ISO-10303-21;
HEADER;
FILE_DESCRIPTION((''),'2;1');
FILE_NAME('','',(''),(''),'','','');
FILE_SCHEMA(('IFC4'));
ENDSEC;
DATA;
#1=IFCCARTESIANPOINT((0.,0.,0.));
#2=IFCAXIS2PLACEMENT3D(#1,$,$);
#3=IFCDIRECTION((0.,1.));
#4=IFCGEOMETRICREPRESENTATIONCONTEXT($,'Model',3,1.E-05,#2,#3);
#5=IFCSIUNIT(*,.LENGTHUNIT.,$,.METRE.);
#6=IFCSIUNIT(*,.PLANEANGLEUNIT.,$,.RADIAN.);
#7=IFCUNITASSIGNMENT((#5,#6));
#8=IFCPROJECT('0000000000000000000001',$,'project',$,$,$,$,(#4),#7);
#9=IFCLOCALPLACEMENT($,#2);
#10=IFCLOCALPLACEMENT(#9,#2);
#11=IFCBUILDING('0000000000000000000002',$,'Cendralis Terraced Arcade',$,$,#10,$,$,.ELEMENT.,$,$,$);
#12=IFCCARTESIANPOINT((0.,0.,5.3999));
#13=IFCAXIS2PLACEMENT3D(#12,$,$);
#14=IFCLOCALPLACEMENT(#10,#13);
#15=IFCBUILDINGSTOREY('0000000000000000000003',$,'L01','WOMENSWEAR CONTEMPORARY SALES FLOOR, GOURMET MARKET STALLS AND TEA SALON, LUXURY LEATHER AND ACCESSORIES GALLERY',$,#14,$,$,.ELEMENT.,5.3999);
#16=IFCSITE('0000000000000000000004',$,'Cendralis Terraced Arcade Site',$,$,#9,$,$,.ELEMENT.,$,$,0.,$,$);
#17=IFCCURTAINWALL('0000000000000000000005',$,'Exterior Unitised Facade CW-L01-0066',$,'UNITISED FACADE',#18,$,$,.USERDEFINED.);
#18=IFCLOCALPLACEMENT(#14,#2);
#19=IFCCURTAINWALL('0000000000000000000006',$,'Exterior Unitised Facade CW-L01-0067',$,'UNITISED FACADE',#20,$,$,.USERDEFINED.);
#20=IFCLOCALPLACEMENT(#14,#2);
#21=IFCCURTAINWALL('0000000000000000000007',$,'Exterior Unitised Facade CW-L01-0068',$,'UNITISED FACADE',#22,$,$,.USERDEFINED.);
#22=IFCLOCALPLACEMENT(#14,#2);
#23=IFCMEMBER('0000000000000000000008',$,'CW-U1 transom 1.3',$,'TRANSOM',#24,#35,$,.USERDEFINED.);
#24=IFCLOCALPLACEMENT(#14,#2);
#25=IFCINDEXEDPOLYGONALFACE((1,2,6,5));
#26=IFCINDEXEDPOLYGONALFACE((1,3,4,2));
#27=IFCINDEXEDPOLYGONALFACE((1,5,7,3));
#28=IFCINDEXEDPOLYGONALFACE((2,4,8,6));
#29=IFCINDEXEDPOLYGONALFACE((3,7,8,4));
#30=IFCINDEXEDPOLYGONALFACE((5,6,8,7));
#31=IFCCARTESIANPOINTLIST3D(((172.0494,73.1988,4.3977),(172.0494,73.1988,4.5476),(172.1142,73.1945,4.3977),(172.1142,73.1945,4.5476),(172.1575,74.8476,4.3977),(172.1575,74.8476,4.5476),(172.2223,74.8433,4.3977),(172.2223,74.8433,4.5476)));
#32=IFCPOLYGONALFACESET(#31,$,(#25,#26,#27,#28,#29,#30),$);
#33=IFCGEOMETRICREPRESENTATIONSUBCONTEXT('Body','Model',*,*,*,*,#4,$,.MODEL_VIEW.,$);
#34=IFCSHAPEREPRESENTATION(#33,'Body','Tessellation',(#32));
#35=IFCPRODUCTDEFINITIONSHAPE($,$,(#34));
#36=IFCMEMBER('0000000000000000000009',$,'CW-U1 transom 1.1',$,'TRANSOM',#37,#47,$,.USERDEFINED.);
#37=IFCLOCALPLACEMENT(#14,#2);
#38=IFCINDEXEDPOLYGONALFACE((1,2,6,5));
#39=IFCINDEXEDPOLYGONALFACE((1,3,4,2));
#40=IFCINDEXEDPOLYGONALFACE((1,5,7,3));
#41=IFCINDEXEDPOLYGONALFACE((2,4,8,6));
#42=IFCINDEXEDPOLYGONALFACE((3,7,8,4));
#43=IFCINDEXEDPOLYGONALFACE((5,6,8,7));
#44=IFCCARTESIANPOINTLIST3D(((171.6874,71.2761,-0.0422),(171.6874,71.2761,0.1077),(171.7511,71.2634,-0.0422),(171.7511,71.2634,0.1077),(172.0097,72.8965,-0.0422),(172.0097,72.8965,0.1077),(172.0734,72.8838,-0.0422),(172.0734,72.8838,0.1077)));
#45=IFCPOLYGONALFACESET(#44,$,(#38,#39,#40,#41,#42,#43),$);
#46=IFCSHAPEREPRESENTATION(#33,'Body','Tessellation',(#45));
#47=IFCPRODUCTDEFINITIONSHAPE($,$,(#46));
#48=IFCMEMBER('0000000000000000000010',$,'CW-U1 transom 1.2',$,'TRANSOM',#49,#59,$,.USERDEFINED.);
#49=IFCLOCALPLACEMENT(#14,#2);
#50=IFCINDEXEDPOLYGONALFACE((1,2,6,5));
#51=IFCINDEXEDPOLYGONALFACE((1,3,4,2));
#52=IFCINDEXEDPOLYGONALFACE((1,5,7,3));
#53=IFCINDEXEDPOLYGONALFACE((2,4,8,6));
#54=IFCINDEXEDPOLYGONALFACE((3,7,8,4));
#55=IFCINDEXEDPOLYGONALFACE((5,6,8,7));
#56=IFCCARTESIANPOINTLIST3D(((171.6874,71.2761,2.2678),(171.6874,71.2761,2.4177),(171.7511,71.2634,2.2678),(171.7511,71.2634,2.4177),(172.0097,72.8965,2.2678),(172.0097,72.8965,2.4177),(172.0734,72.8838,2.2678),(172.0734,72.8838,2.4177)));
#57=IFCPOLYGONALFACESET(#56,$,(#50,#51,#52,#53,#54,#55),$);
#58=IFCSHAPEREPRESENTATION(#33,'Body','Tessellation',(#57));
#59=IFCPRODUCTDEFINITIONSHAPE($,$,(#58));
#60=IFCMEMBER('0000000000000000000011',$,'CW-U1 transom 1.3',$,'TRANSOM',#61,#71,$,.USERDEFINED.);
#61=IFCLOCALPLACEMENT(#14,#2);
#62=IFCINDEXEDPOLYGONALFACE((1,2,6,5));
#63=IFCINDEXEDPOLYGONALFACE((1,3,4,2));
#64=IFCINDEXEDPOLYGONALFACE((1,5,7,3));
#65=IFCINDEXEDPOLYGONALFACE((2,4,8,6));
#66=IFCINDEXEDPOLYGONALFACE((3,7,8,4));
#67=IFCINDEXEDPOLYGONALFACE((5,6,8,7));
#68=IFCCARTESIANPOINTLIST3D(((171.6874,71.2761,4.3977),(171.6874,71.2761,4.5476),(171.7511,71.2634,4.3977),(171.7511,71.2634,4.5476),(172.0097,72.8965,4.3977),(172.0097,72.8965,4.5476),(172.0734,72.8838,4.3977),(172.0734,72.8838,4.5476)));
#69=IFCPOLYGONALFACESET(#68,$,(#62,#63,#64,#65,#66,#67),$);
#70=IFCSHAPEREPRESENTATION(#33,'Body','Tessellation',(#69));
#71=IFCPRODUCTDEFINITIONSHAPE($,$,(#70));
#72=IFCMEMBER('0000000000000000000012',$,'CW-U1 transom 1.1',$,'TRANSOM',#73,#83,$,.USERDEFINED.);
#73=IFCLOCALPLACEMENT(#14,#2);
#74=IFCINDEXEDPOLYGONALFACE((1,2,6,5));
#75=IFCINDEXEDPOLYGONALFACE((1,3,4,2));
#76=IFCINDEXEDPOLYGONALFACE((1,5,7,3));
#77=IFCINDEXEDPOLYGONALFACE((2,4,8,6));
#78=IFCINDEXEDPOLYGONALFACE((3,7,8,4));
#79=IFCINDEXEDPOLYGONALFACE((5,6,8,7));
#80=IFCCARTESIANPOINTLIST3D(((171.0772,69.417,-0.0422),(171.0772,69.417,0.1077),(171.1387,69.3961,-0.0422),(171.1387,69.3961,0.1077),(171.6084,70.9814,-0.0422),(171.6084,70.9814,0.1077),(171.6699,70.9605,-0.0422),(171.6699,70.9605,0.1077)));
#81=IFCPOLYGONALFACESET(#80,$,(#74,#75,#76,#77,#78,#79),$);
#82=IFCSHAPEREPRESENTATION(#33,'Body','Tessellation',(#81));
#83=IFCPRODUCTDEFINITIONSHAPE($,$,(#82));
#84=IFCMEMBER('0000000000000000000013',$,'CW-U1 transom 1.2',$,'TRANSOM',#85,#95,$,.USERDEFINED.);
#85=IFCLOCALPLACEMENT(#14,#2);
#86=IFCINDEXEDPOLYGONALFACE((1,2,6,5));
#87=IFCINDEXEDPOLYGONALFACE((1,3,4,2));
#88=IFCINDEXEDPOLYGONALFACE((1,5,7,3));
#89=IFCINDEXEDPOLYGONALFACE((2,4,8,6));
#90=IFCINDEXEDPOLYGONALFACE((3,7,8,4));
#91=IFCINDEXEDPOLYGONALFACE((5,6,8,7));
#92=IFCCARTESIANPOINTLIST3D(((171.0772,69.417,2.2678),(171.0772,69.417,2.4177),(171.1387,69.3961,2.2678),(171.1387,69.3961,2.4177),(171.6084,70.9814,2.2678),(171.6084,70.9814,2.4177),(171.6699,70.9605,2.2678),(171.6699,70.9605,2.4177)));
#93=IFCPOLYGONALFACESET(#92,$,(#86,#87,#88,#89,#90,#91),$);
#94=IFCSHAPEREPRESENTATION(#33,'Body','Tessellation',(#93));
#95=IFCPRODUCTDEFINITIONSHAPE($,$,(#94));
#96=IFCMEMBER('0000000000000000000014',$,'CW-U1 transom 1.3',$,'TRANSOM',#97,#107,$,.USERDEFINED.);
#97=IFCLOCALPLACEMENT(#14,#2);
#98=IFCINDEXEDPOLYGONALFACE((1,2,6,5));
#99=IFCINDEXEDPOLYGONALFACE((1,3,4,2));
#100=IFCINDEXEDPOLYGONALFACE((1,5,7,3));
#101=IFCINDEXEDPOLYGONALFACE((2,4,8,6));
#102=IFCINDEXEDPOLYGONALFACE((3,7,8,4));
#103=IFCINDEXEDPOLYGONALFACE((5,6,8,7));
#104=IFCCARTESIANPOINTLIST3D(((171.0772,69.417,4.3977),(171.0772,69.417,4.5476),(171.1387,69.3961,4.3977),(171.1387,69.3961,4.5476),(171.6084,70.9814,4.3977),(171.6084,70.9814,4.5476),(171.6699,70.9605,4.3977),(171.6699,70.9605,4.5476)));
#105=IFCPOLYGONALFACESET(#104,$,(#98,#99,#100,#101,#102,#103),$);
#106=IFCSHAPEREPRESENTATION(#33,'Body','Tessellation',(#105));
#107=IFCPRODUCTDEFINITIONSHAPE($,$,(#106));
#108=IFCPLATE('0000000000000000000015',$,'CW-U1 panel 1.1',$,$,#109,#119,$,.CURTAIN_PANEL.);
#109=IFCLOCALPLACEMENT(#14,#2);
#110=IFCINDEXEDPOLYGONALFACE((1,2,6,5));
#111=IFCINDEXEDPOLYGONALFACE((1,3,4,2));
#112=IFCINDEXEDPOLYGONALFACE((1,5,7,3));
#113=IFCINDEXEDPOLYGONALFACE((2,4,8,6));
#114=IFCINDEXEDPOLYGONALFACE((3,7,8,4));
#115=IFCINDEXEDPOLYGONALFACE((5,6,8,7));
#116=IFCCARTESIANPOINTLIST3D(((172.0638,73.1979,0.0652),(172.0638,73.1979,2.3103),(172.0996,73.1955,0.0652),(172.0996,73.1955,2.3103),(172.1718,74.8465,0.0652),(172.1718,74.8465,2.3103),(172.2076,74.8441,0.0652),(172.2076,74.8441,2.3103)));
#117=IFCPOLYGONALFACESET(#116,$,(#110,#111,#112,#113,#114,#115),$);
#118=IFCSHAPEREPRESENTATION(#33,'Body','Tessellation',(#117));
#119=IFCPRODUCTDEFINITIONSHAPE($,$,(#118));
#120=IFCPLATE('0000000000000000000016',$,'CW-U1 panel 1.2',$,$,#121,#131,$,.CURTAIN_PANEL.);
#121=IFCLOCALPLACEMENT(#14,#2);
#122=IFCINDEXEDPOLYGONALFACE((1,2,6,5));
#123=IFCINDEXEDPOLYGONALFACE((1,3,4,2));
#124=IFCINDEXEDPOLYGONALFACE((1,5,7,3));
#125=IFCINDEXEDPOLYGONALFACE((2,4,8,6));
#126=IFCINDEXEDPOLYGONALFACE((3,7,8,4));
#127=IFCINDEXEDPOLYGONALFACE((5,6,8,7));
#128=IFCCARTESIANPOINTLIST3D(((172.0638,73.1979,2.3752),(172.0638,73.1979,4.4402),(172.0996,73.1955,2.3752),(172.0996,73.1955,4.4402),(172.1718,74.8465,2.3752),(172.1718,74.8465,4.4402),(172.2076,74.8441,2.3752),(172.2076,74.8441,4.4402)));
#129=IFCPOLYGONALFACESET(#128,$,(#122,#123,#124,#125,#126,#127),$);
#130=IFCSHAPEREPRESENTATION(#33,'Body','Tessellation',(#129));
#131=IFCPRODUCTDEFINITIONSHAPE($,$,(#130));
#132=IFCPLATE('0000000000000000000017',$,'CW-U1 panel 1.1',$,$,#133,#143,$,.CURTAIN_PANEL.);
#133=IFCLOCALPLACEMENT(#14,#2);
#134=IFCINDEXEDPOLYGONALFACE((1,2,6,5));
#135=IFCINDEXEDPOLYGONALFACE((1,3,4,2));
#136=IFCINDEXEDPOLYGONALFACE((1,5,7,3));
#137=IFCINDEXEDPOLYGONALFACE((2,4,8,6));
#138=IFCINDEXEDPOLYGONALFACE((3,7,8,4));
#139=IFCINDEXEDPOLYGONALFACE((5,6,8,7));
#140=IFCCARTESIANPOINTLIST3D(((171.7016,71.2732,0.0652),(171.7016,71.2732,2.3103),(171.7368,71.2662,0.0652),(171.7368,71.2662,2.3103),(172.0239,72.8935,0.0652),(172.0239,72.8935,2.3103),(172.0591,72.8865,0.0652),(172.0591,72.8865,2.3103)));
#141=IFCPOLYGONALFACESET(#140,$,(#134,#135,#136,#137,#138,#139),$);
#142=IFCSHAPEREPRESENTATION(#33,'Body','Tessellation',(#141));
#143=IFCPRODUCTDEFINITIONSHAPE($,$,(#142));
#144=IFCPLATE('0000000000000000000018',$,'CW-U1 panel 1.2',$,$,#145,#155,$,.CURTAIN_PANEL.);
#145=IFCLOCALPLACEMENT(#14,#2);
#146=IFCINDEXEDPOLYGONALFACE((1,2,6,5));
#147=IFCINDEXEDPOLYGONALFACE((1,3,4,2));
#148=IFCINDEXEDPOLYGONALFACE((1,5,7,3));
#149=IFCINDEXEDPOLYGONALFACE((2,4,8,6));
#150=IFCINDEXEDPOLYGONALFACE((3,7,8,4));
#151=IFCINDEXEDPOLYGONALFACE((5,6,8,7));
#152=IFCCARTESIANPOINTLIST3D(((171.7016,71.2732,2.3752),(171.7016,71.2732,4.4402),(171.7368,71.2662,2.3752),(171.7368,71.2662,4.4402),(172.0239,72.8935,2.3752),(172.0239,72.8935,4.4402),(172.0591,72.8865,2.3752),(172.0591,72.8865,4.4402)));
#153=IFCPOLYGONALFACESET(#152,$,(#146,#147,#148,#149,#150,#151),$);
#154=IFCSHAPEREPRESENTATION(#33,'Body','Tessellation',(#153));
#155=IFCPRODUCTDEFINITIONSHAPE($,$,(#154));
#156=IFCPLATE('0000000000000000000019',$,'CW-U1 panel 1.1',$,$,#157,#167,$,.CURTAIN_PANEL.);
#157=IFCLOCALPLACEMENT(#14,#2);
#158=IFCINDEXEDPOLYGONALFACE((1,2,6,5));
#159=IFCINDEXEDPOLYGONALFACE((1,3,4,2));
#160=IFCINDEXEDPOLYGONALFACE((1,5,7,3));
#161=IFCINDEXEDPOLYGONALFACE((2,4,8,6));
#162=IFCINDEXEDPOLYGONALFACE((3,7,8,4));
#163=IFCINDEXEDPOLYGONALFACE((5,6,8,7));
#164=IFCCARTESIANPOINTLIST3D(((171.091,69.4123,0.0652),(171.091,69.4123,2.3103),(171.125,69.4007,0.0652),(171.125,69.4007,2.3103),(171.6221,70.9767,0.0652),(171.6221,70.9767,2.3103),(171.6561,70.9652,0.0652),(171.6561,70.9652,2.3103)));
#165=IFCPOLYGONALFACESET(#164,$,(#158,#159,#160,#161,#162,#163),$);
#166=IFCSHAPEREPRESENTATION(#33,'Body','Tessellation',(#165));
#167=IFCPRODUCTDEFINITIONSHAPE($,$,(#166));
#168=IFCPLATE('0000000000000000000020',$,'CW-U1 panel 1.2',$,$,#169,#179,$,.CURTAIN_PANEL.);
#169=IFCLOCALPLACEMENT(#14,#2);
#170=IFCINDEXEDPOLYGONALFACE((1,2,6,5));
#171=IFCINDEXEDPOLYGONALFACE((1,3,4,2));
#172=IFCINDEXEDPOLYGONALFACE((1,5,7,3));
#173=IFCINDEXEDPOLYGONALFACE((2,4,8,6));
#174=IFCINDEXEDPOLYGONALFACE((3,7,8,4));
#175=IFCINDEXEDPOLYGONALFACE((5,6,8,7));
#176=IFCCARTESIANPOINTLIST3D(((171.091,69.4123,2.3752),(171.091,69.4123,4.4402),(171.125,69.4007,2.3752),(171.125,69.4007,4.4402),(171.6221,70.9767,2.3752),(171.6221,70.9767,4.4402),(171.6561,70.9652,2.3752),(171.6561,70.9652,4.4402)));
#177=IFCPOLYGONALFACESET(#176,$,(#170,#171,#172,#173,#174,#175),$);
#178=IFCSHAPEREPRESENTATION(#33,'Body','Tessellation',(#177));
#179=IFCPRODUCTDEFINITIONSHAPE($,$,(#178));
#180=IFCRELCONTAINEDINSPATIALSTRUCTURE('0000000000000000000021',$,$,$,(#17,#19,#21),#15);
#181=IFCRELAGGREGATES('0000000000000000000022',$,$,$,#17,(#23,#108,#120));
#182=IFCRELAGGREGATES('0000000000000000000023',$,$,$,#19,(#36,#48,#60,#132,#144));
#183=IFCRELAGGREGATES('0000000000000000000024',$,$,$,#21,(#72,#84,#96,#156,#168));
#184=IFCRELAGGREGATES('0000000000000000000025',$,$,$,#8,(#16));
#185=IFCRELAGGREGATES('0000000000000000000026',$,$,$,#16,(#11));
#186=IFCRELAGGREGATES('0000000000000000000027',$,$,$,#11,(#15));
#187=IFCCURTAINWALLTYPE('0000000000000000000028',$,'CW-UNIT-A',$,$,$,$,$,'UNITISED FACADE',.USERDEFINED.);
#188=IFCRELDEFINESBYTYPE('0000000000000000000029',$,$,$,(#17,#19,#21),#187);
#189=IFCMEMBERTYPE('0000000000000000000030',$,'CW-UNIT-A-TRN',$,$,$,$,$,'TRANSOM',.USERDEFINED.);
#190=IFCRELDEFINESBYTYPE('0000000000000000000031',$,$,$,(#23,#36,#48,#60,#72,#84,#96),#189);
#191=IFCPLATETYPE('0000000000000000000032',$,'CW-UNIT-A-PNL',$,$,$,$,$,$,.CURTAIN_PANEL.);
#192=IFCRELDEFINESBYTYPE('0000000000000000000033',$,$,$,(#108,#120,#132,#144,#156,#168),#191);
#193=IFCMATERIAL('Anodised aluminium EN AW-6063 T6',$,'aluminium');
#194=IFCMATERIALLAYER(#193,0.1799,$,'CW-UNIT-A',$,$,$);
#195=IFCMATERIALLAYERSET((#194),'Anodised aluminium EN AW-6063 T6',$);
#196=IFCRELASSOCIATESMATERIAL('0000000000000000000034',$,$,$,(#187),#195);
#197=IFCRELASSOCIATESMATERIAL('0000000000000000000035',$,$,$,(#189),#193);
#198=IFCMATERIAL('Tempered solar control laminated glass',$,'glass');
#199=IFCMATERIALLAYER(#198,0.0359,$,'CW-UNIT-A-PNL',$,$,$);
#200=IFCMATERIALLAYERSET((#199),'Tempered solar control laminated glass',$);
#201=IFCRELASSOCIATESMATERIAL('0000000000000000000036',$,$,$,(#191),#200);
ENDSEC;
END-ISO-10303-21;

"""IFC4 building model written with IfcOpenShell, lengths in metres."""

from ifc_helpers import new_model, si_unit, direction, frame, origin, origin_2d, place, context, subcontext, project, spatial, rectangle, extrude, material, layer, layer_set, material_profile, profile_set, type_object, element, aggregate, save


model = new_model("IFC4")

# Units and contexts
model_context = context("Model", 3, precision=1e-05, world=origin(), true_north=direction((0.0, 1.0)))
body_context = subcontext(model_context, "Body", "Model", "MODEL_VIEW")
ifc_project = project(units=[si_unit("LENGTHUNIT", "METRE"), si_unit("PLANEANGLEUNIT", "RADIAN")], contexts=[model_context])

# Site, building, storey
site_placement = place(None, origin())
site = spatial("IfcSite", under=ifc_project, at=site_placement, Name="Cendralis Terraced Arcade Site", CompositionType="ELEMENT", RefElevation=0.0)
building_placement = place(site_placement, origin())
building = spatial("IfcBuilding", under=site, at=building_placement, Name="Cendralis Terraced Arcade", CompositionType="ELEMENT")
storey_placement = place(building_placement, frame((0.0, 0.0, 5.3999)))
storey = spatial("IfcBuildingStorey", under=building, at=storey_placement, Name="L01", Description="WOMENSWEAR CONTEMPORARY SALES FLOOR, GOURMET MARKET STALLS AND TEA SALON, LUXURY LEATHER AND ACCESSORIES GALLERY", CompositionType="ELEMENT", Elevation=5.3999)

# Curtain walls
ifc_material_1 = material(Name="Anodised aluminium EN AW-6063 T6", Category="aluminium")
ifc_layer_1 = layer(ifc_material_1, 0.1799, Name="CW-UNIT-A")
ifc_layer_set_1 = layer_set([ifc_layer_1], Name="Anodised aluminium EN AW-6063 T6")
curtain_wall_type = type_object("IfcCurtainWallType", Name="CW-UNIT-A", ElementType="UNITISED FACADE", PredefinedType="USERDEFINED", material=ifc_layer_set_1)
curtain_wall_1_placement = place(storey_placement, origin())
curtain_wall_1 = element("IfcCurtainWall", 1, at=curtain_wall_1_placement, inside=storey, type_object=curtain_wall_type, Name="Exterior Unitised Facade CW-L01-0066", ObjectType="UNITISED FACADE", PredefinedType="USERDEFINED")
curtain_wall_2_placement = place(storey_placement, origin())
curtain_wall_2 = element("IfcCurtainWall", 2, at=curtain_wall_2_placement, inside=storey, type_object=curtain_wall_type, Name="Exterior Unitised Facade CW-L01-0067", ObjectType="UNITISED FACADE", PredefinedType="USERDEFINED")

# Curtain wall
curtain_wall_3_placement = place(storey_placement, origin())
curtain_wall_3 = element("IfcCurtainWall", 3, at=curtain_wall_3_placement, inside=storey, type_object=curtain_wall_type, Name="Exterior Unitised Facade CW-L01-0068", ObjectType="UNITISED FACADE", PredefinedType="USERDEFINED")

# Members
ifc_material_profile_1 = material_profile(ifc_material_1, rectangle(XDim=0.0649, YDim=0.1499, at=origin_2d()), Name="ALU-TRN-65x150")
ifc_profile_set_1 = profile_set([ifc_material_profile_1], Name="Anodised aluminium EN AW-6063 T6")
member_type_1 = type_object("IfcMemberType", Name="CW-UNIT-A-TRN", ElementType="TRANSOM", PredefinedType="USERDEFINED", material=ifc_profile_set_1)
member_1_placement = place(storey_placement, frame((172.1899, 74.8455, 4.4727), z_axis=(-0.06546, -0.997855, 0.0), x_axis=(0.997855, -0.06546, 0.0)))
member_1 = element("IfcMember", 4, at=member_1_placement, type_object=member_type_1, Name="CW-U1 transom 1.3", ObjectType="TRANSOM", PredefinedType="USERDEFINED", context=body_context, shape_type="SweptSolid", body=[
    extrude(rectangle(XDim=0.0649, YDim=0.1499, at=origin_2d()), origin(), (0.0, 0.0, 1.0), 1.6523),
])
member_2_placement = place(storey_placement, frame((172.0415, 72.8901, 0.0327), z_axis=(-0.195065, -0.98079, 0.0), x_axis=(0.98079, -0.195065, 0.0)))
member_2 = element("IfcMember", 5, at=member_2_placement, type_object=member_type_1, Name="CW-U1 transom 1.1", ObjectType="TRANSOM", PredefinedType="USERDEFINED", context=body_context, shape_type="SweptSolid", body=[
    extrude(rectangle(XDim=0.0649, YDim=0.1499, at=origin_2d()), origin(), (0.0, 0.0, 1.0), 1.6521),
])
member_3_placement = place(storey_placement, frame((172.0415, 72.8901, 2.3428), z_axis=(-0.195065, -0.98079, 0.0), x_axis=(0.98079, -0.195065, 0.0)))
member_3 = element("IfcMember", 6, at=member_3_placement, type_object=member_type_1, Name="CW-U1 transom 1.2", ObjectType="TRANSOM", PredefinedType="USERDEFINED", context=body_context, shape_type="SweptSolid", body=[
    extrude(rectangle(XDim=0.0649, YDim=0.1499, at=origin_2d()), origin(), (0.0, 0.0, 1.0), 1.6521),
])
member_4_placement = place(storey_placement, frame((172.0415, 72.8901, 4.4727), z_axis=(-0.195065, -0.98079, 0.0), x_axis=(0.98079, -0.195065, 0.0)))
member_4 = element("IfcMember", 7, at=member_4_placement, type_object=member_type_1, Name="CW-U1 transom 1.3", ObjectType="TRANSOM", PredefinedType="USERDEFINED", context=body_context, shape_type="SweptSolid", body=[
    extrude(rectangle(XDim=0.0649, YDim=0.1499, at=origin_2d()), origin(), (0.0, 0.0, 1.0), 1.6521),
])
member_5_placement = place(storey_placement, frame((171.6392, 70.9709, 0.0327), z_axis=(-0.321542, -0.946895, 0.0), x_axis=(0.946895, -0.321542, 0.0)))
member_5 = element("IfcMember", 8, at=member_5_placement, type_object=member_type_1, Name="CW-U1 transom 1.1", ObjectType="TRANSOM", PredefinedType="USERDEFINED", context=body_context, shape_type="SweptSolid", body=[
    extrude(rectangle(XDim=0.0649, YDim=0.1499, at=origin_2d()), origin(), (0.0, 0.0, 1.0), 1.6521),
])
member_6_placement = place(storey_placement, frame((171.6392, 70.9709, 2.3428), z_axis=(-0.321542, -0.946895, 0.0), x_axis=(0.946895, -0.321542, 0.0)))
member_6 = element("IfcMember", 9, at=member_6_placement, type_object=member_type_1, Name="CW-U1 transom 1.2", ObjectType="TRANSOM", PredefinedType="USERDEFINED", context=body_context, shape_type="SweptSolid", body=[
    extrude(rectangle(XDim=0.0649, YDim=0.1499, at=origin_2d()), origin(), (0.0, 0.0, 1.0), 1.6521),
])
member_7_placement = place(storey_placement, frame((171.6392, 70.9709, 4.4727), z_axis=(-0.321542, -0.946895, 0.0), x_axis=(0.946895, -0.321542, 0.0)))
member_7 = element("IfcMember", 10, at=member_7_placement, type_object=member_type_1, Name="CW-U1 transom 1.3", ObjectType="TRANSOM", PredefinedType="USERDEFINED", context=body_context, shape_type="SweptSolid", body=[
    extrude(rectangle(XDim=0.0649, YDim=0.1499, at=origin_2d()), origin(), (0.0, 0.0, 1.0), 1.6521),
])

# Plates
ifc_material_2 = material(Name="Tempered solar control laminated glass", Category="glass")
ifc_layer_2 = layer(ifc_material_2, 0.0359, Name="CW-UNIT-A-PNL")
ifc_layer_set_2 = layer_set([ifc_layer_2], Name="Tempered solar control laminated glass")
plate_type = type_object("IfcPlateType", Name="CW-UNIT-A-PNL", PredefinedType="CURTAIN_PANEL", material=ifc_layer_set_2)
plate_1_placement = place(storey_placement, frame((172.1357, 74.021, 0.0652), z_axis=(0.0, 0.0, 1.0), x_axis=(-0.065372, -0.997861, 0.0)))
plate_1 = element("IfcPlate", 11, at=plate_1_placement, type_object=plate_type, Name="CW-U1 panel 1.1", PredefinedType="CURTAIN_PANEL", context=body_context, shape_type="SweptSolid", body=[
    extrude(rectangle(XDim=1.6521, YDim=0.0359, at=origin_2d()), origin(), (0.0, 0.0, 1.0), 2.2451),
])
plate_2_placement = place(storey_placement, frame((172.1357, 74.021, 2.3752), z_axis=(0.0, 0.0, 1.0), x_axis=(-0.065372, -0.997861, 0.0)))
plate_2 = element("IfcPlate", 12, at=plate_2_placement, type_object=plate_type, Name="CW-U1 panel 1.2", PredefinedType="CURTAIN_PANEL", context=body_context, shape_type="SweptSolid", body=[
    extrude(rectangle(XDim=1.6521, YDim=0.0359, at=origin_2d()), origin(), (0.0, 0.0, 1.0), 2.0649),
])
aggregate(curtain_wall_1, [member_1, plate_1, plate_2])
plate_3_placement = place(storey_placement, frame((171.8804, 72.0798, 0.0652), z_axis=(0.0, 0.0, 1.0), x_axis=(-0.195058, -0.980792, 0.0)))
plate_3 = element("IfcPlate", 13, at=plate_3_placement, type_object=plate_type, Name="CW-U1 panel 1.1", PredefinedType="CURTAIN_PANEL", context=body_context, shape_type="SweptSolid", body=[
    extrude(rectangle(XDim=1.6521, YDim=0.0359, at=origin_2d()), origin(), (0.0, 0.0, 1.0), 2.2451),
])
plate_4_placement = place(storey_placement, frame((171.8804, 72.0798, 2.3752), z_axis=(0.0, 0.0, 1.0), x_axis=(-0.195058, -0.980792, 0.0)))
plate_4 = element("IfcPlate", 14, at=plate_4_placement, type_object=plate_type, Name="CW-U1 panel 1.2", PredefinedType="CURTAIN_PANEL", context=body_context, shape_type="SweptSolid", body=[
    extrude(rectangle(XDim=1.6521, YDim=0.0359, at=origin_2d()), origin(), (0.0, 0.0, 1.0), 2.0649),
])
aggregate(curtain_wall_2, [member_2, member_3, member_4, plate_3, plate_4])
plate_5_placement = place(storey_placement, frame((171.3735, 70.1887, 0.0652), z_axis=(0.0, 0.0, 1.0), x_axis=(-0.321458, -0.946924, 0.0)))
plate_5 = element("IfcPlate", 15, at=plate_5_placement, type_object=plate_type, Name="CW-U1 panel 1.1", PredefinedType="CURTAIN_PANEL", context=body_context, shape_type="SweptSolid", body=[
    extrude(rectangle(XDim=1.6521, YDim=0.0359, at=origin_2d()), origin(), (0.0, 0.0, 1.0), 2.2451),
])
plate_6_placement = place(storey_placement, frame((171.3735, 70.1887, 2.3752), z_axis=(0.0, 0.0, 1.0), x_axis=(-0.321458, -0.946924, 0.0)))
plate_6 = element("IfcPlate", 16, at=plate_6_placement, type_object=plate_type, Name="CW-U1 panel 1.2", PredefinedType="CURTAIN_PANEL", context=body_context, shape_type="SweptSolid", body=[
    extrude(rectangle(XDim=1.6521, YDim=0.0359, at=origin_2d()), origin(), (0.0, 0.0, 1.0), 2.0649),
])
aggregate(curtain_wall_3, [member_5, member_6, member_7, plate_5, plate_6])

save(model, "model.ifc")
